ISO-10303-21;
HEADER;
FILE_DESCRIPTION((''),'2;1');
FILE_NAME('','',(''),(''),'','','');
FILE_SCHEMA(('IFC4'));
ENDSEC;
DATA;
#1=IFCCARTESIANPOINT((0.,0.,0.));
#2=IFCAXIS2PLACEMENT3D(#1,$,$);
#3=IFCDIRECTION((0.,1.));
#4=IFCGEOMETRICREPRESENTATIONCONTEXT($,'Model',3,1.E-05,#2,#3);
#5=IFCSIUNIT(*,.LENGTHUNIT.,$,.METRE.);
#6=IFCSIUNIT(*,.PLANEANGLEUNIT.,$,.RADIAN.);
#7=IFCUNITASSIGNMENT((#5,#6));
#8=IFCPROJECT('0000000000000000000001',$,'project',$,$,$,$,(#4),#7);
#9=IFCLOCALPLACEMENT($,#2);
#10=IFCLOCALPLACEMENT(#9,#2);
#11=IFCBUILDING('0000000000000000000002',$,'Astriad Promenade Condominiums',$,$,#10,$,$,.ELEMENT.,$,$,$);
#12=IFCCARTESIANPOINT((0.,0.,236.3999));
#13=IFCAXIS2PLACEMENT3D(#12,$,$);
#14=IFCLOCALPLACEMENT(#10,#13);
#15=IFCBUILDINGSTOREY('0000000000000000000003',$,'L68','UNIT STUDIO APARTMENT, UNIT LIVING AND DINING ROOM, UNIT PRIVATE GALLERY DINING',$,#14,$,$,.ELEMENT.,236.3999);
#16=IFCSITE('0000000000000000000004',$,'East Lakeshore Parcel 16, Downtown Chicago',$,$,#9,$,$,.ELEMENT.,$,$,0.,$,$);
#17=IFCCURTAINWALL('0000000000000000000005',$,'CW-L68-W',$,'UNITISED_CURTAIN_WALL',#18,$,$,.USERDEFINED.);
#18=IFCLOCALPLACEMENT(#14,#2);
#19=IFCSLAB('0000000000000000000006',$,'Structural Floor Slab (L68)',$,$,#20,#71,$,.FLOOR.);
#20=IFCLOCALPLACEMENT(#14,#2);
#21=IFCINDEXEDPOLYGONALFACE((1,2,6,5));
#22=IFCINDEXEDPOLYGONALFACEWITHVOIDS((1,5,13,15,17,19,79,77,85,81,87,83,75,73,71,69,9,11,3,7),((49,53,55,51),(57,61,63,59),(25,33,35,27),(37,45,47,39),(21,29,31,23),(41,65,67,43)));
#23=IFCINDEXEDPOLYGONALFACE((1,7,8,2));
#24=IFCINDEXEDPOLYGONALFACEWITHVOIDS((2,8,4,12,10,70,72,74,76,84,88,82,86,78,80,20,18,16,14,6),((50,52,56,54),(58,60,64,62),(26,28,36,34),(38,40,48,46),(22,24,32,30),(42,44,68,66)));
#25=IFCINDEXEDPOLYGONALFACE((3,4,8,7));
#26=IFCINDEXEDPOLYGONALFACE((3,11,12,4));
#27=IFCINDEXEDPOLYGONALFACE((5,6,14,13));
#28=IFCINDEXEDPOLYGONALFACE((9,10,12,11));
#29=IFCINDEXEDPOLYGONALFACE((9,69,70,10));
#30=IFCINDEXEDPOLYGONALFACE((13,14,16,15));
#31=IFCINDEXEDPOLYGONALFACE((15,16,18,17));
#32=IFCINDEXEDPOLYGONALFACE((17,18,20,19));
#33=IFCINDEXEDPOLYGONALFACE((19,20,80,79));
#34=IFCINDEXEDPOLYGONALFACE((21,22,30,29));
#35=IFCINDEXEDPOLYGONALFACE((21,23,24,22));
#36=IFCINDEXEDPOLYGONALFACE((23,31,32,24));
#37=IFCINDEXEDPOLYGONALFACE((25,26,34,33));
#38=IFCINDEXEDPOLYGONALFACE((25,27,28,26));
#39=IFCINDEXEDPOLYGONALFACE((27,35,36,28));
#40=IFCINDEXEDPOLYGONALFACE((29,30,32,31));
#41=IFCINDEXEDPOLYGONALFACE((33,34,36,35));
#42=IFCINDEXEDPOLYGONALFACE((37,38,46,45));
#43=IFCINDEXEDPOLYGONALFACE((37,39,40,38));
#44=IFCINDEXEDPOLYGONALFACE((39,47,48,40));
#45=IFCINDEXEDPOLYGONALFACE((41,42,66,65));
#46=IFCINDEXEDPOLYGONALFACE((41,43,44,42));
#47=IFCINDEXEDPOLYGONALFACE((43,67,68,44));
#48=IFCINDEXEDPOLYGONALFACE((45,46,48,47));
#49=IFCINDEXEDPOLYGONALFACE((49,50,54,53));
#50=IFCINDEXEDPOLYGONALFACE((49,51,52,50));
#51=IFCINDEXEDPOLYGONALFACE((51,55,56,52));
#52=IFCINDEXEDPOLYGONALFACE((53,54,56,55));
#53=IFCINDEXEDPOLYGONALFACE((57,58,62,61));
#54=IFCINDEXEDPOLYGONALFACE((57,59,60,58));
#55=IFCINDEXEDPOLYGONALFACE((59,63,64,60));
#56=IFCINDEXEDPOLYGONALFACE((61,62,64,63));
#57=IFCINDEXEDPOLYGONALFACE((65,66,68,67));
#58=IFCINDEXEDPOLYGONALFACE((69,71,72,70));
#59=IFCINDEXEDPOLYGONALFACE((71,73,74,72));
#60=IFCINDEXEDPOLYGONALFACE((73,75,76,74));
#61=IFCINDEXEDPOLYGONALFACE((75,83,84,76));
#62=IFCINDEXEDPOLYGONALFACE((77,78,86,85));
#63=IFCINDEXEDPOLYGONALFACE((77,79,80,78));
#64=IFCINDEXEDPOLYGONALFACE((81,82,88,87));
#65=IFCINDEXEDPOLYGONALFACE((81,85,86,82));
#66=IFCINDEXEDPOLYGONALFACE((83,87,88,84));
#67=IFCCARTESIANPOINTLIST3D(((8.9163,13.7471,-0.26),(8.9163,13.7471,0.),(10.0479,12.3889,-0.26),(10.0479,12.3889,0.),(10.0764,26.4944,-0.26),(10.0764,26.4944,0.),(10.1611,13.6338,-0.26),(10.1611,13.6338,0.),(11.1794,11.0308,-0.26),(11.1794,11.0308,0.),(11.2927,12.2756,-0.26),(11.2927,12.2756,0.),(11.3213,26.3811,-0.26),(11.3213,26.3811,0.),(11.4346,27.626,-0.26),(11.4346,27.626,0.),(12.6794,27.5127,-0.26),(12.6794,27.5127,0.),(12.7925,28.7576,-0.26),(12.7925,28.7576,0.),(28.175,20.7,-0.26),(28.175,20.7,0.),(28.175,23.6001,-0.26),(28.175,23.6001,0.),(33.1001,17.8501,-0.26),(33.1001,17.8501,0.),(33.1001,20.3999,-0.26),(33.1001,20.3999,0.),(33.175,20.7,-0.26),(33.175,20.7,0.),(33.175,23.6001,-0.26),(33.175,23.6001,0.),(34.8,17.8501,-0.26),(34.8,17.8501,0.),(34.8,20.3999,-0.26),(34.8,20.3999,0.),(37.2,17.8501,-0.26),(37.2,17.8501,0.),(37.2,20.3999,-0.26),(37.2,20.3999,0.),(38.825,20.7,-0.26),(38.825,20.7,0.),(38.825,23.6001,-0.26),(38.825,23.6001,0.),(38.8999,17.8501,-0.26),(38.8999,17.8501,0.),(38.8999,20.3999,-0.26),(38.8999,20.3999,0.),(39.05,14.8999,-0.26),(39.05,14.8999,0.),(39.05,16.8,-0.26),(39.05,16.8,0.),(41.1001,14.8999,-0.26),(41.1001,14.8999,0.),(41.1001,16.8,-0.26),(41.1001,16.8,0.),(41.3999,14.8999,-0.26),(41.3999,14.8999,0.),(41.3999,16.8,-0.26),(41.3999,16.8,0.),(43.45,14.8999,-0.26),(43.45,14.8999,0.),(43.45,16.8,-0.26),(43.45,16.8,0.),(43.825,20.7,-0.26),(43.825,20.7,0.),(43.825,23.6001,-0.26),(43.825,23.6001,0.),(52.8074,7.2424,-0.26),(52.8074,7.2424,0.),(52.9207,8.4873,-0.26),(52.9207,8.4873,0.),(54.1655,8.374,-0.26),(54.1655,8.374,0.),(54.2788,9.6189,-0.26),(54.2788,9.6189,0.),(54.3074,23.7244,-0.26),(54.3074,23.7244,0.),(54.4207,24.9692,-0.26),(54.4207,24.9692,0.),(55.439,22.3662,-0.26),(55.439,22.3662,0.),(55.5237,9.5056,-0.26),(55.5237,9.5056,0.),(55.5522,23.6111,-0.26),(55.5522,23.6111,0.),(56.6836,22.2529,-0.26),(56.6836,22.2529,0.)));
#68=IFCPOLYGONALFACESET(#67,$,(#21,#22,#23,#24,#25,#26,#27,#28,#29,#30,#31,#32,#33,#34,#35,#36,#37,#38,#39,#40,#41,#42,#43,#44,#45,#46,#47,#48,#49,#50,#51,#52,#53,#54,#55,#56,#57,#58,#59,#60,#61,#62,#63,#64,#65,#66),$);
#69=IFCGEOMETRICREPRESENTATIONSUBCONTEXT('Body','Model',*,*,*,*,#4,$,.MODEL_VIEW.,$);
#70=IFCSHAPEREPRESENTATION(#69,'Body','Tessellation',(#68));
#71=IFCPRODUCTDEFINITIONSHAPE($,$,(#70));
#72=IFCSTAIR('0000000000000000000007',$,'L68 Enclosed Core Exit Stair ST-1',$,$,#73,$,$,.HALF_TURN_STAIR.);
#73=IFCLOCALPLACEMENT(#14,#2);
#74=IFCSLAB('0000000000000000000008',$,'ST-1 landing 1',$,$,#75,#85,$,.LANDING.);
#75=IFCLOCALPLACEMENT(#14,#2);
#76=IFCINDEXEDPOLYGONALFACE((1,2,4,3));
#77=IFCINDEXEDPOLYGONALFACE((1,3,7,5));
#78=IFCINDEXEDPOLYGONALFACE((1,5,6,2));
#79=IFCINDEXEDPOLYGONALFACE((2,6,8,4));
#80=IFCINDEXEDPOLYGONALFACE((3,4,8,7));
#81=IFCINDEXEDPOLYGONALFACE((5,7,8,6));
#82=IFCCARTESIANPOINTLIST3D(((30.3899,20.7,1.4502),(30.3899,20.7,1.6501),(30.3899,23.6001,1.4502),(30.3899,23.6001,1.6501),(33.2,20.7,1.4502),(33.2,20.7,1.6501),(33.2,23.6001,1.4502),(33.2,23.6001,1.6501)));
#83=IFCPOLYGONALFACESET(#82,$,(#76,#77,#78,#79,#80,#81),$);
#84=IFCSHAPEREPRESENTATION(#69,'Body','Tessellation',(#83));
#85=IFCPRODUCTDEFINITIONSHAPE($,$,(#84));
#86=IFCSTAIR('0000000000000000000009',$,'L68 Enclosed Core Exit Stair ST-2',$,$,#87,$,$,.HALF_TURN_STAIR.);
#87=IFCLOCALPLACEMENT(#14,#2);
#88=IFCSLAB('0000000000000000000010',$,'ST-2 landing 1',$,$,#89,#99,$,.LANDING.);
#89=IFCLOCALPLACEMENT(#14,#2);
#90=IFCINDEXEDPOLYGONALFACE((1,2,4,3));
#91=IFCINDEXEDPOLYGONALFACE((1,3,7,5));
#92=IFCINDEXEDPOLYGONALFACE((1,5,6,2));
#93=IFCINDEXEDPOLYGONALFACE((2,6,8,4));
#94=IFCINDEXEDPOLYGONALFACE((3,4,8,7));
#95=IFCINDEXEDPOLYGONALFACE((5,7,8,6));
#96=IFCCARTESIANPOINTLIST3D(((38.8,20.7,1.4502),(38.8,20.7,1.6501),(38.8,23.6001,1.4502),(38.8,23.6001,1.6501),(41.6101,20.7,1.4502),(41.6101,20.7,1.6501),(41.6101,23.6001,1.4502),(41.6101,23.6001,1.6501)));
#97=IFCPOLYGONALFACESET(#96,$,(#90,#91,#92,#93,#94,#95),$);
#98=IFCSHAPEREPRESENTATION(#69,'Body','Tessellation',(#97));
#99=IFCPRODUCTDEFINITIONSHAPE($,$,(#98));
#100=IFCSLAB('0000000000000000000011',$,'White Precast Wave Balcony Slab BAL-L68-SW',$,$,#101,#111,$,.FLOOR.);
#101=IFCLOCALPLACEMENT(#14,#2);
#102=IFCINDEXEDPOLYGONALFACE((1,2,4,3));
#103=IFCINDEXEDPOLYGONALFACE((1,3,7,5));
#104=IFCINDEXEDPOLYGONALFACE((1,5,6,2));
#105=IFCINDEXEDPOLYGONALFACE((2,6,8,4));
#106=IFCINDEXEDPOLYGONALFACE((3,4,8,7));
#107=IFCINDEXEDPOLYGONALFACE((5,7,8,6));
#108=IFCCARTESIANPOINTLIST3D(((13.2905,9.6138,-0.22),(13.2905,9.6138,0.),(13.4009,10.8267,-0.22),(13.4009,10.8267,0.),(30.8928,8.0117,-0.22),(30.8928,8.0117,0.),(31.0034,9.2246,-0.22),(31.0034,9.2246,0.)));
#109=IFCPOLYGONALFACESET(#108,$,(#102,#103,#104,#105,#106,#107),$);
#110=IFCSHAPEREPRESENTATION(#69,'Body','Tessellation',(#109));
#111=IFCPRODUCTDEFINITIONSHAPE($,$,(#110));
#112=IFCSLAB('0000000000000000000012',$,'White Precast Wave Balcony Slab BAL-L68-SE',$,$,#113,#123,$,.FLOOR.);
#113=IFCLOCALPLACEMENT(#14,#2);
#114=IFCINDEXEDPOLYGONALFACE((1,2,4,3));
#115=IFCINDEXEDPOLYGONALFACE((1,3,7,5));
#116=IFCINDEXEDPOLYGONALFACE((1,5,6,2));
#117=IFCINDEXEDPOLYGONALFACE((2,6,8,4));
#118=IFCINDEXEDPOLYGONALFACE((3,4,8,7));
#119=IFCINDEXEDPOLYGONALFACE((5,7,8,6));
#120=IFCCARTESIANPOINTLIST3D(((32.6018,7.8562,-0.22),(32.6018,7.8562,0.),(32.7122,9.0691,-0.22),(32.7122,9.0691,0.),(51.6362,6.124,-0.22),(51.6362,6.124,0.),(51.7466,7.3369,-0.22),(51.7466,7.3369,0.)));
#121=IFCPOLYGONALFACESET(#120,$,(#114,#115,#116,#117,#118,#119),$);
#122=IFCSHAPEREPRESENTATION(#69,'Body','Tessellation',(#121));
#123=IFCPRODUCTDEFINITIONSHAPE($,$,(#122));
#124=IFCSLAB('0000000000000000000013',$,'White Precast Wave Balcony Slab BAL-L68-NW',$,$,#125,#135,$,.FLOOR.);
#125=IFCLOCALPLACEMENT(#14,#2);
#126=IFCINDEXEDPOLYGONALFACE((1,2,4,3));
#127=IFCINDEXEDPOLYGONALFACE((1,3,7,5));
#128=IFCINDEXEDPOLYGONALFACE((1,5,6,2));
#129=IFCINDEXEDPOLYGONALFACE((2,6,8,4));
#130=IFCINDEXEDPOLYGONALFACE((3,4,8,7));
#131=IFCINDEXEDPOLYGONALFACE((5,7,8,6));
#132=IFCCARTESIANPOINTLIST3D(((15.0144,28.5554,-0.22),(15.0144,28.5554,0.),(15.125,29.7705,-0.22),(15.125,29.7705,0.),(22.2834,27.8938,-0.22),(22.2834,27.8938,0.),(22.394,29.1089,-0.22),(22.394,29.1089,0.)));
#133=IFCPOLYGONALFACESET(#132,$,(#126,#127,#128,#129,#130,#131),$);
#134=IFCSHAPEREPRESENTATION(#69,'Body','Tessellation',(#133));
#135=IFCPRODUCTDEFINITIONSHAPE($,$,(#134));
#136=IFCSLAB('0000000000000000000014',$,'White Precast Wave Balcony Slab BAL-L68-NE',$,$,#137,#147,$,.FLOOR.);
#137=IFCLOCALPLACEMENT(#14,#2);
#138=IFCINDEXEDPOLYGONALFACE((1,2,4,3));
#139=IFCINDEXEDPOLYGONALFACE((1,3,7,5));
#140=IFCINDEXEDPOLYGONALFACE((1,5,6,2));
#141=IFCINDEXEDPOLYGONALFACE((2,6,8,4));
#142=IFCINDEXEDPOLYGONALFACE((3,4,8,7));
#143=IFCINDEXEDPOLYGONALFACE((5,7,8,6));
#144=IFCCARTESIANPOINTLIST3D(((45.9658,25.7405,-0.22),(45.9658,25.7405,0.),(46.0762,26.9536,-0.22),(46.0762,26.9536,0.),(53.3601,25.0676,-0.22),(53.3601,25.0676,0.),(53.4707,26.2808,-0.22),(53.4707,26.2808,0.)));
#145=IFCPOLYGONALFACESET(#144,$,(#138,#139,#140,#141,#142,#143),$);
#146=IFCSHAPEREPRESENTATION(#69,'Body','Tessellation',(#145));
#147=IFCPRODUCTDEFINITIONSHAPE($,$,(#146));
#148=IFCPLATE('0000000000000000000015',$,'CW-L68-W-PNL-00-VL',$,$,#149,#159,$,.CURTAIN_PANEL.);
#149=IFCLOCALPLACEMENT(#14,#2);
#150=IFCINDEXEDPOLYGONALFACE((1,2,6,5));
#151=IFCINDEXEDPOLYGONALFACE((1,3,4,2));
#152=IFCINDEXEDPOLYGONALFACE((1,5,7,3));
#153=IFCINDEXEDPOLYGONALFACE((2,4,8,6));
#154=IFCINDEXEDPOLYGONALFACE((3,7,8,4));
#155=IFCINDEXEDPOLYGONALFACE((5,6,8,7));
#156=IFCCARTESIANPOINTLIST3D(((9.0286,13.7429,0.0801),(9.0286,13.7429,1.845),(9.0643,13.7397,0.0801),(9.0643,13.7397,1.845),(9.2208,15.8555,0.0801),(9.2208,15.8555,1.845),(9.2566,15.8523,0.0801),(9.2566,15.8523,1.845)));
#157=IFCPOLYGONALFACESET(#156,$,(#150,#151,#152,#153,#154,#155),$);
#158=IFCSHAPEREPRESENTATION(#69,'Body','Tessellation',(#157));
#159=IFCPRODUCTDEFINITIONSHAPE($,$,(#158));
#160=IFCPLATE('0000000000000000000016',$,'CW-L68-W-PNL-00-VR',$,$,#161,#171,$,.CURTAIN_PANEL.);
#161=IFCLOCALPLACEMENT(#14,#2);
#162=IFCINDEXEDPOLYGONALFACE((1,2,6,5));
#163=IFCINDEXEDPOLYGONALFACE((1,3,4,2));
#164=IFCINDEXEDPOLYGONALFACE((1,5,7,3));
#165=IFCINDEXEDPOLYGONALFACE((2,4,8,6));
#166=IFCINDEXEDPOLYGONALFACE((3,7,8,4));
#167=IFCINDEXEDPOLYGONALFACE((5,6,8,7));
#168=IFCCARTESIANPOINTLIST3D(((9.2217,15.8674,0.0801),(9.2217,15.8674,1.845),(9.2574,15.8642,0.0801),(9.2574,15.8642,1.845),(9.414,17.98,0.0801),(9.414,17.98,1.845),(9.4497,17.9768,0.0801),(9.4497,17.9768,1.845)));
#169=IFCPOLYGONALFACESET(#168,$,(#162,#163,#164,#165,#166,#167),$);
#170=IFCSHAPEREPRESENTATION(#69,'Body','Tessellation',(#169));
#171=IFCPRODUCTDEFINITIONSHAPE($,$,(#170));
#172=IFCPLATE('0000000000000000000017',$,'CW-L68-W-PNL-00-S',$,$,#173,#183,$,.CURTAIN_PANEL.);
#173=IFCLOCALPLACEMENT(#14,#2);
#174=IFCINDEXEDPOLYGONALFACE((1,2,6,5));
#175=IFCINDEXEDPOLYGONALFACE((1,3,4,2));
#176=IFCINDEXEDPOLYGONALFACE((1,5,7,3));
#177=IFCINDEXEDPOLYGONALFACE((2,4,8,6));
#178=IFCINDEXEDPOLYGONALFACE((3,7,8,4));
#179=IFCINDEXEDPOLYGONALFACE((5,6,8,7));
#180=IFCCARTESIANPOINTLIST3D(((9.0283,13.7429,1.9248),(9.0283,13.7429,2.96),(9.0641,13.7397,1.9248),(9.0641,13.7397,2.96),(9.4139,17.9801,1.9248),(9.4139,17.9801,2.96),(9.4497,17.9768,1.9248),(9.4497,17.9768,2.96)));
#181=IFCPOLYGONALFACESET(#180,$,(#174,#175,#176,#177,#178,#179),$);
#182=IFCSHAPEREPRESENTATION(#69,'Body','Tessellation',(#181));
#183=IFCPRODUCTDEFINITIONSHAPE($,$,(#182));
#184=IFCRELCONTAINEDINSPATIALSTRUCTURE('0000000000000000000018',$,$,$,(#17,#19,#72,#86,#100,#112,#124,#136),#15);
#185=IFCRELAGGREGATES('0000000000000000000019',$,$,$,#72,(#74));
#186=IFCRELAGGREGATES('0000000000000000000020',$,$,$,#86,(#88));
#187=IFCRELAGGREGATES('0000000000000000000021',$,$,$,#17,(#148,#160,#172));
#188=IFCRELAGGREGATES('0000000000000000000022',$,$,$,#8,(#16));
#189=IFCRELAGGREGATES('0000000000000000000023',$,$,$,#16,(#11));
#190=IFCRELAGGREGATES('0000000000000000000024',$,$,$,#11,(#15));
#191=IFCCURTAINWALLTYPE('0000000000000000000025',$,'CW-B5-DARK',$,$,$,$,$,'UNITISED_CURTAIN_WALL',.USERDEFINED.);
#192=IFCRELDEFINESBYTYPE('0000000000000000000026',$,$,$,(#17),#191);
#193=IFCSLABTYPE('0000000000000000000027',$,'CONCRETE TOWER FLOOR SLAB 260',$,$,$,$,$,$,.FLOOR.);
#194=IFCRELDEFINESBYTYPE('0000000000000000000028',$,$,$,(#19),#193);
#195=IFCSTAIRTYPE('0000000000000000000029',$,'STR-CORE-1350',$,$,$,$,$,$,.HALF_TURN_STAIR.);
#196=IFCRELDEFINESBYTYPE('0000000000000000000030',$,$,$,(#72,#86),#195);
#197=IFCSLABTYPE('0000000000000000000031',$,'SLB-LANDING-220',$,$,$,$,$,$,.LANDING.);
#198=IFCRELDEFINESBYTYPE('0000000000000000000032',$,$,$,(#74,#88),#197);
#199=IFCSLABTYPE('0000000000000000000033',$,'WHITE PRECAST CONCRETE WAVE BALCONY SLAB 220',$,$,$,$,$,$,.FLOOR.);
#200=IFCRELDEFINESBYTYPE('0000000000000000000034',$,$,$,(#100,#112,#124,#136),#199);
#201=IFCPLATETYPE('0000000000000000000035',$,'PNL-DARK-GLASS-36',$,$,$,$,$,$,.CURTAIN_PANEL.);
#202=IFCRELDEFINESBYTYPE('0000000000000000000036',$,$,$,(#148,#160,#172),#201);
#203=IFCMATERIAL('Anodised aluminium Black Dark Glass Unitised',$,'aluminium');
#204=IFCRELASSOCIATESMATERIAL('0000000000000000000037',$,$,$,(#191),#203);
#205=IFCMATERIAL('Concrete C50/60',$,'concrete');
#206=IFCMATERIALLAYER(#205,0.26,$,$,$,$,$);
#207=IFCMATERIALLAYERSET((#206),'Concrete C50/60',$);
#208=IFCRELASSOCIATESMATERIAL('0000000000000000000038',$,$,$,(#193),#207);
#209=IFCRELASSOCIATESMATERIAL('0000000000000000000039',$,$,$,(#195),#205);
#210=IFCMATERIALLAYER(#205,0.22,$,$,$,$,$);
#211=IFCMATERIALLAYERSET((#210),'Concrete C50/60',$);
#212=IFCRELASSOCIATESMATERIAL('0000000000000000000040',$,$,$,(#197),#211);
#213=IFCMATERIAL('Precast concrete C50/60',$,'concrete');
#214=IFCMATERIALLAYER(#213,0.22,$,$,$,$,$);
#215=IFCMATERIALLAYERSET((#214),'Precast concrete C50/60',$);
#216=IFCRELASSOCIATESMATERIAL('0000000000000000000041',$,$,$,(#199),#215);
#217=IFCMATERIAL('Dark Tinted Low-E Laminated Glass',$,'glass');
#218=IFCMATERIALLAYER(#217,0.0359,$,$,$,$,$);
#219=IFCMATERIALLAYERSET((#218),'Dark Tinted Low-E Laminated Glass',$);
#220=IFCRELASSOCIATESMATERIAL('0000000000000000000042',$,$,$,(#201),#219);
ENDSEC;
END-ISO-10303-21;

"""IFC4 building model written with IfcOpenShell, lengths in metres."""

from ifc_helpers import new_model, si_unit, direction, frame, origin, origin_2d, place, context, subcontext, project, spatial, polyline, rectangle, outline, extrude, source, transform, mapped, material, layer, layer_set, type_object, type_shapes, element, aggregate, save


model = new_model("IFC4")

# Units and contexts
model_context = context("Model", 3, precision=1e-05, world=origin(), true_north=direction((0.0, 1.0)))
body_context = subcontext(model_context, "Body", "Model", "MODEL_VIEW")
ifc_project = project(units=[si_unit("LENGTHUNIT", "METRE"), si_unit("PLANEANGLEUNIT", "RADIAN")], contexts=[model_context])

# Site, building, storey
site_placement = place(None, origin())
site = spatial("IfcSite", under=ifc_project, at=site_placement, Name="East Lakeshore Parcel 16, Downtown Chicago", CompositionType="ELEMENT", RefElevation=0.0)
building_placement = place(site_placement, origin())
building = spatial("IfcBuilding", under=site, at=building_placement, Name="Astriad Promenade Condominiums", CompositionType="ELEMENT")
storey_placement = place(building_placement, frame((0.0, 0.0, 236.3999)))
storey = spatial("IfcBuildingStorey", under=building, at=storey_placement, Name="L68", Description="UNIT STUDIO APARTMENT, UNIT LIVING AND DINING ROOM, UNIT PRIVATE GALLERY DINING", CompositionType="ELEMENT", Elevation=236.3999)

# Shared definitions
ifc_material_1 = material(Name="Concrete C50/60", Category="concrete")

# Curtain wall
ifc_material_2 = material(Name="Anodised aluminium Black Dark Glass Unitised", Category="aluminium")
curtain_wall_type = type_object("IfcCurtainWallType", Name="CW-B5-DARK", ElementType="UNITISED_CURTAIN_WALL", PredefinedType="USERDEFINED", material=ifc_material_2)
curtain_wall_placement = place(storey_placement, origin())
curtain_wall = element("IfcCurtainWall", 1, at=curtain_wall_placement, inside=storey, type_object=curtain_wall_type, Name="CW-L68-W", ObjectType="UNITISED_CURTAIN_WALL", PredefinedType="USERDEFINED")

# Slab
ifc_layer_1 = layer(ifc_material_1, 0.26)
ifc_layer_set_1 = layer_set([ifc_layer_1], Name="Concrete C50/60")
slab_type_1 = type_object("IfcSlabType", Name="CONCRETE TOWER FLOOR SLAB 260", PredefinedType="FLOOR", material=ifc_layer_set_1)
slab_1_placement = place(storey_placement, frame((0.0, 0.0, -0.26)))
element("IfcSlab", 2, at=slab_1_placement, inside=storey, type_object=slab_type_1, Name="Structural Floor Slab (L68)", PredefinedType="FLOOR", context=body_context, shape_type="SweptSolid", body=[
    extrude(outline(polyline([(11.1794, 11.0308), (52.8074, 7.2424), (52.9207, 8.4873), (54.1655, 8.374), (54.2788, 9.6189), (55.5237, 9.5056), (56.6836, 22.2529), (55.439, 22.3662), (55.5522, 23.6111), (54.3074, 23.7244), (54.4207, 24.9692), (12.7925, 28.7576), (12.6794, 27.5127), (11.4346, 27.626), (11.3213, 26.3811), (10.0764, 26.4944), (8.9163, 13.7471), (10.1611, 13.6338), (10.0479, 12.3889), (11.2927, 12.2756), (11.1794, 11.0308)]), holes=[polyline([(28.175, 20.7), (33.175, 20.7), (33.175, 23.6001), (28.175, 23.6001), (28.175, 20.7)]), polyline([(38.825, 20.7), (43.825, 20.7), (43.825, 23.6001), (38.825, 23.6001), (38.825, 20.7)]), polyline([(33.1001, 17.8501), (34.8, 17.8501), (34.8, 20.3999), (33.1001, 20.3999), (33.1001, 17.8501)]), polyline([(37.2, 17.8501), (38.8999, 17.8501), (38.8999, 20.3999), (37.2, 20.3999), (37.2, 17.8501)]), polyline([(39.05, 14.8999), (41.1001, 14.8999), (41.1001, 16.8), (39.05, 16.8), (39.05, 14.8999)]), polyline([(41.3999, 14.8999), (43.45, 14.8999), (43.45, 16.8), (41.3999, 16.8), (41.3999, 14.8999)])]), origin(), (0.0, 0.0, 1.0), 0.26),
])

# Stairs, slabs
stair_type = type_object("IfcStairType", Name="STR-CORE-1350", PredefinedType="HALF_TURN_STAIR", material=ifc_material_1)
stair_1_placement = place(storey_placement, origin())
stair_1 = element("IfcStair", 3, at=stair_1_placement, inside=storey, type_object=stair_type, Name="L68 Enclosed Core Exit Stair ST-1", PredefinedType="HALF_TURN_STAIR")
ifc_layer_2 = layer(ifc_material_1, 0.22)
ifc_layer_set_2 = layer_set([ifc_layer_2], Name="Concrete C50/60")
slab_type_2 = type_object("IfcSlabType", Name="SLB-LANDING-220", PredefinedType="LANDING", material=ifc_layer_set_2)
slab_2_placement = place(storey_placement, frame((0.0, 0.0, 1.4502)))
slab_2 = element("IfcSlab", 4, at=slab_2_placement, type_object=slab_type_2, Name="ST-1 landing 1", PredefinedType="LANDING", context=body_context, shape_type="SweptSolid", body=[
    extrude(outline(polyline([(30.3899, 20.7), (33.2, 20.7), (33.2, 23.6001), (30.3899, 23.6001), (30.3899, 20.7)])), origin(), (0.0, 0.0, 1.0), 0.2),
])
aggregate(stair_1, [slab_2])
stair_2_placement = place(storey_placement, origin())
stair_2 = element("IfcStair", 5, at=stair_2_placement, inside=storey, type_object=stair_type, Name="L68 Enclosed Core Exit Stair ST-2", PredefinedType="HALF_TURN_STAIR")
slab_3_placement = place(storey_placement, frame((0.0, 0.0, 1.4502)))
slab_3 = element("IfcSlab", 6, at=slab_3_placement, type_object=slab_type_2, Name="ST-2 landing 1", PredefinedType="LANDING", context=body_context, shape_type="SweptSolid", body=[
    extrude(outline(polyline([(41.6101, 23.6001), (38.8, 23.6001), (38.8, 20.7), (41.6101, 20.7), (41.6101, 23.6001)])), origin(), (0.0, 0.0, 1.0), 0.2),
])
aggregate(stair_2, [slab_3])

# Slabs
ifc_material_3 = material(Name="Precast concrete C50/60", Category="concrete")
ifc_layer_3 = layer(ifc_material_3, 0.22)
ifc_layer_set_3 = layer_set([ifc_layer_3], Name="Precast concrete C50/60")
slab_type_3 = type_object("IfcSlabType", Name="WHITE PRECAST CONCRETE WAVE BALCONY SLAB 220", PredefinedType="FLOOR", material=ifc_layer_set_3)
slab_4_placement = place(storey_placement, frame((0.0, 0.0, -0.22)))
element("IfcSlab", 7, at=slab_4_placement, inside=storey, type_object=slab_type_3, Name="White Precast Wave Balcony Slab BAL-L68-SW", PredefinedType="FLOOR", context=body_context, shape_type="SweptSolid", body=[
    extrude(outline(polyline([(30.8928, 8.0117), (13.2905, 9.6138), (13.4009, 10.8267), (31.0034, 9.2246), (30.8928, 8.0117)])), origin(), (0.0, 0.0, 1.0), 0.22),
])
slab_5_placement = place(storey_placement, frame((0.0, 0.0, -0.22)))
element("IfcSlab", 8, at=slab_5_placement, inside=storey, type_object=slab_type_3, Name="White Precast Wave Balcony Slab BAL-L68-SE", PredefinedType="FLOOR", context=body_context, shape_type="SweptSolid", body=[
    extrude(outline(polyline([(51.6362, 6.124), (32.6018, 7.8562), (32.7122, 9.0691), (51.7466, 7.3369), (51.6362, 6.124)])), origin(), (0.0, 0.0, 1.0), 0.22),
])
slab_6_placement = place(storey_placement, frame((0.0, 0.0, -0.22)))
element("IfcSlab", 9, at=slab_6_placement, inside=storey, type_object=slab_type_3, Name="White Precast Wave Balcony Slab BAL-L68-NW", PredefinedType="FLOOR", context=body_context, shape_type="SweptSolid", body=[
    extrude(outline(polyline([(15.0144, 28.5554), (22.2834, 27.8938), (22.394, 29.1089), (15.125, 29.7705), (15.0144, 28.5554)])), origin(), (0.0, 0.0, 1.0), 0.22),
])
slab_7_placement = place(storey_placement, frame((0.0, 0.0, -0.22)))
element("IfcSlab", 10, at=slab_7_placement, inside=storey, type_object=slab_type_3, Name="White Precast Wave Balcony Slab BAL-L68-NE", PredefinedType="FLOOR", context=body_context, shape_type="SweptSolid", body=[
    extrude(outline(polyline([(46.0762, 26.9536), (53.4707, 26.2808), (53.3601, 25.0676), (45.9658, 25.7405), (46.0762, 26.9536)])), origin(), (0.0, 0.0, 1.0), 0.22),
])

# Plates
ifc_material_4 = material(Name="Dark Tinted Low-E Laminated Glass", Category="glass")
ifc_layer_4 = layer(ifc_material_4, 0.0359)
ifc_layer_set_4 = layer_set([ifc_layer_4], Name="Dark Tinted Low-E Laminated Glass")
plate_type = type_object("IfcPlateType", Name="PNL-DARK-GLASS-36", PredefinedType="CURTAIN_PANEL", material=ifc_layer_set_4)
shared_shape_1 = source(origin(), body_context, "Body", "SweptSolid", [
    extrude(rectangle(XDim=2.1213, YDim=0.0359, at=origin_2d()), origin(), (0.0, 0.0, 1.0), 1.7649),
])
plate_1_placement = place(storey_placement, frame((9.1426, 14.7976, 0.0801), z_axis=(0.0, 0.0, 1.0), x_axis=(0.090633, 0.995884, 0.0)))
plate_1 = element("IfcPlate", 11, at=plate_1_placement, type_object=plate_type, Name="CW-L68-W-PNL-00-VL", PredefinedType="CURTAIN_PANEL", context=body_context, shape_type="MappedRepresentation", body=[
    mapped(shared_shape_1, transform((0.0, 0.0, 0.0), scale=1.0)),
])
plate_2_placement = place(storey_placement, frame((9.3357, 16.9221, 0.0801), z_axis=(0.0, 0.0, 1.0), x_axis=(0.090633, 0.995884, 0.0)))
plate_2 = element("IfcPlate", 12, at=plate_2_placement, type_object=plate_type, Name="CW-L68-W-PNL-00-VR", PredefinedType="CURTAIN_PANEL", context=body_context, shape_type="MappedRepresentation", body=[
    mapped(shared_shape_1, transform((0.0, 0.0, 0.0), scale=1.0)),
])
shared_shape_2 = source(origin(), body_context, "Body", "SweptSolid", [
    extrude(rectangle(XDim=4.2546, YDim=0.0359, at=origin_2d()), origin(), (0.0, 0.0, 1.0), 1.0352),
])
type_shapes(plate_type, [shared_shape_1, shared_shape_2])
plate_3_placement = place(storey_placement, frame((9.239, 15.8599, 1.9248), z_axis=(0.0, 0.0, 1.0), x_axis=(0.090633, 0.995884, 0.0)))
plate_3 = element("IfcPlate", 13, at=plate_3_placement, type_object=plate_type, Name="CW-L68-W-PNL-00-S", PredefinedType="CURTAIN_PANEL", context=body_context, shape_type="MappedRepresentation", body=[
    mapped(shared_shape_2, transform((0.0, 0.0, 0.0), scale=1.0)),
])
aggregate(curtain_wall, [plate_1, plate_2, plate_3])

save(model, "model.ifc")
